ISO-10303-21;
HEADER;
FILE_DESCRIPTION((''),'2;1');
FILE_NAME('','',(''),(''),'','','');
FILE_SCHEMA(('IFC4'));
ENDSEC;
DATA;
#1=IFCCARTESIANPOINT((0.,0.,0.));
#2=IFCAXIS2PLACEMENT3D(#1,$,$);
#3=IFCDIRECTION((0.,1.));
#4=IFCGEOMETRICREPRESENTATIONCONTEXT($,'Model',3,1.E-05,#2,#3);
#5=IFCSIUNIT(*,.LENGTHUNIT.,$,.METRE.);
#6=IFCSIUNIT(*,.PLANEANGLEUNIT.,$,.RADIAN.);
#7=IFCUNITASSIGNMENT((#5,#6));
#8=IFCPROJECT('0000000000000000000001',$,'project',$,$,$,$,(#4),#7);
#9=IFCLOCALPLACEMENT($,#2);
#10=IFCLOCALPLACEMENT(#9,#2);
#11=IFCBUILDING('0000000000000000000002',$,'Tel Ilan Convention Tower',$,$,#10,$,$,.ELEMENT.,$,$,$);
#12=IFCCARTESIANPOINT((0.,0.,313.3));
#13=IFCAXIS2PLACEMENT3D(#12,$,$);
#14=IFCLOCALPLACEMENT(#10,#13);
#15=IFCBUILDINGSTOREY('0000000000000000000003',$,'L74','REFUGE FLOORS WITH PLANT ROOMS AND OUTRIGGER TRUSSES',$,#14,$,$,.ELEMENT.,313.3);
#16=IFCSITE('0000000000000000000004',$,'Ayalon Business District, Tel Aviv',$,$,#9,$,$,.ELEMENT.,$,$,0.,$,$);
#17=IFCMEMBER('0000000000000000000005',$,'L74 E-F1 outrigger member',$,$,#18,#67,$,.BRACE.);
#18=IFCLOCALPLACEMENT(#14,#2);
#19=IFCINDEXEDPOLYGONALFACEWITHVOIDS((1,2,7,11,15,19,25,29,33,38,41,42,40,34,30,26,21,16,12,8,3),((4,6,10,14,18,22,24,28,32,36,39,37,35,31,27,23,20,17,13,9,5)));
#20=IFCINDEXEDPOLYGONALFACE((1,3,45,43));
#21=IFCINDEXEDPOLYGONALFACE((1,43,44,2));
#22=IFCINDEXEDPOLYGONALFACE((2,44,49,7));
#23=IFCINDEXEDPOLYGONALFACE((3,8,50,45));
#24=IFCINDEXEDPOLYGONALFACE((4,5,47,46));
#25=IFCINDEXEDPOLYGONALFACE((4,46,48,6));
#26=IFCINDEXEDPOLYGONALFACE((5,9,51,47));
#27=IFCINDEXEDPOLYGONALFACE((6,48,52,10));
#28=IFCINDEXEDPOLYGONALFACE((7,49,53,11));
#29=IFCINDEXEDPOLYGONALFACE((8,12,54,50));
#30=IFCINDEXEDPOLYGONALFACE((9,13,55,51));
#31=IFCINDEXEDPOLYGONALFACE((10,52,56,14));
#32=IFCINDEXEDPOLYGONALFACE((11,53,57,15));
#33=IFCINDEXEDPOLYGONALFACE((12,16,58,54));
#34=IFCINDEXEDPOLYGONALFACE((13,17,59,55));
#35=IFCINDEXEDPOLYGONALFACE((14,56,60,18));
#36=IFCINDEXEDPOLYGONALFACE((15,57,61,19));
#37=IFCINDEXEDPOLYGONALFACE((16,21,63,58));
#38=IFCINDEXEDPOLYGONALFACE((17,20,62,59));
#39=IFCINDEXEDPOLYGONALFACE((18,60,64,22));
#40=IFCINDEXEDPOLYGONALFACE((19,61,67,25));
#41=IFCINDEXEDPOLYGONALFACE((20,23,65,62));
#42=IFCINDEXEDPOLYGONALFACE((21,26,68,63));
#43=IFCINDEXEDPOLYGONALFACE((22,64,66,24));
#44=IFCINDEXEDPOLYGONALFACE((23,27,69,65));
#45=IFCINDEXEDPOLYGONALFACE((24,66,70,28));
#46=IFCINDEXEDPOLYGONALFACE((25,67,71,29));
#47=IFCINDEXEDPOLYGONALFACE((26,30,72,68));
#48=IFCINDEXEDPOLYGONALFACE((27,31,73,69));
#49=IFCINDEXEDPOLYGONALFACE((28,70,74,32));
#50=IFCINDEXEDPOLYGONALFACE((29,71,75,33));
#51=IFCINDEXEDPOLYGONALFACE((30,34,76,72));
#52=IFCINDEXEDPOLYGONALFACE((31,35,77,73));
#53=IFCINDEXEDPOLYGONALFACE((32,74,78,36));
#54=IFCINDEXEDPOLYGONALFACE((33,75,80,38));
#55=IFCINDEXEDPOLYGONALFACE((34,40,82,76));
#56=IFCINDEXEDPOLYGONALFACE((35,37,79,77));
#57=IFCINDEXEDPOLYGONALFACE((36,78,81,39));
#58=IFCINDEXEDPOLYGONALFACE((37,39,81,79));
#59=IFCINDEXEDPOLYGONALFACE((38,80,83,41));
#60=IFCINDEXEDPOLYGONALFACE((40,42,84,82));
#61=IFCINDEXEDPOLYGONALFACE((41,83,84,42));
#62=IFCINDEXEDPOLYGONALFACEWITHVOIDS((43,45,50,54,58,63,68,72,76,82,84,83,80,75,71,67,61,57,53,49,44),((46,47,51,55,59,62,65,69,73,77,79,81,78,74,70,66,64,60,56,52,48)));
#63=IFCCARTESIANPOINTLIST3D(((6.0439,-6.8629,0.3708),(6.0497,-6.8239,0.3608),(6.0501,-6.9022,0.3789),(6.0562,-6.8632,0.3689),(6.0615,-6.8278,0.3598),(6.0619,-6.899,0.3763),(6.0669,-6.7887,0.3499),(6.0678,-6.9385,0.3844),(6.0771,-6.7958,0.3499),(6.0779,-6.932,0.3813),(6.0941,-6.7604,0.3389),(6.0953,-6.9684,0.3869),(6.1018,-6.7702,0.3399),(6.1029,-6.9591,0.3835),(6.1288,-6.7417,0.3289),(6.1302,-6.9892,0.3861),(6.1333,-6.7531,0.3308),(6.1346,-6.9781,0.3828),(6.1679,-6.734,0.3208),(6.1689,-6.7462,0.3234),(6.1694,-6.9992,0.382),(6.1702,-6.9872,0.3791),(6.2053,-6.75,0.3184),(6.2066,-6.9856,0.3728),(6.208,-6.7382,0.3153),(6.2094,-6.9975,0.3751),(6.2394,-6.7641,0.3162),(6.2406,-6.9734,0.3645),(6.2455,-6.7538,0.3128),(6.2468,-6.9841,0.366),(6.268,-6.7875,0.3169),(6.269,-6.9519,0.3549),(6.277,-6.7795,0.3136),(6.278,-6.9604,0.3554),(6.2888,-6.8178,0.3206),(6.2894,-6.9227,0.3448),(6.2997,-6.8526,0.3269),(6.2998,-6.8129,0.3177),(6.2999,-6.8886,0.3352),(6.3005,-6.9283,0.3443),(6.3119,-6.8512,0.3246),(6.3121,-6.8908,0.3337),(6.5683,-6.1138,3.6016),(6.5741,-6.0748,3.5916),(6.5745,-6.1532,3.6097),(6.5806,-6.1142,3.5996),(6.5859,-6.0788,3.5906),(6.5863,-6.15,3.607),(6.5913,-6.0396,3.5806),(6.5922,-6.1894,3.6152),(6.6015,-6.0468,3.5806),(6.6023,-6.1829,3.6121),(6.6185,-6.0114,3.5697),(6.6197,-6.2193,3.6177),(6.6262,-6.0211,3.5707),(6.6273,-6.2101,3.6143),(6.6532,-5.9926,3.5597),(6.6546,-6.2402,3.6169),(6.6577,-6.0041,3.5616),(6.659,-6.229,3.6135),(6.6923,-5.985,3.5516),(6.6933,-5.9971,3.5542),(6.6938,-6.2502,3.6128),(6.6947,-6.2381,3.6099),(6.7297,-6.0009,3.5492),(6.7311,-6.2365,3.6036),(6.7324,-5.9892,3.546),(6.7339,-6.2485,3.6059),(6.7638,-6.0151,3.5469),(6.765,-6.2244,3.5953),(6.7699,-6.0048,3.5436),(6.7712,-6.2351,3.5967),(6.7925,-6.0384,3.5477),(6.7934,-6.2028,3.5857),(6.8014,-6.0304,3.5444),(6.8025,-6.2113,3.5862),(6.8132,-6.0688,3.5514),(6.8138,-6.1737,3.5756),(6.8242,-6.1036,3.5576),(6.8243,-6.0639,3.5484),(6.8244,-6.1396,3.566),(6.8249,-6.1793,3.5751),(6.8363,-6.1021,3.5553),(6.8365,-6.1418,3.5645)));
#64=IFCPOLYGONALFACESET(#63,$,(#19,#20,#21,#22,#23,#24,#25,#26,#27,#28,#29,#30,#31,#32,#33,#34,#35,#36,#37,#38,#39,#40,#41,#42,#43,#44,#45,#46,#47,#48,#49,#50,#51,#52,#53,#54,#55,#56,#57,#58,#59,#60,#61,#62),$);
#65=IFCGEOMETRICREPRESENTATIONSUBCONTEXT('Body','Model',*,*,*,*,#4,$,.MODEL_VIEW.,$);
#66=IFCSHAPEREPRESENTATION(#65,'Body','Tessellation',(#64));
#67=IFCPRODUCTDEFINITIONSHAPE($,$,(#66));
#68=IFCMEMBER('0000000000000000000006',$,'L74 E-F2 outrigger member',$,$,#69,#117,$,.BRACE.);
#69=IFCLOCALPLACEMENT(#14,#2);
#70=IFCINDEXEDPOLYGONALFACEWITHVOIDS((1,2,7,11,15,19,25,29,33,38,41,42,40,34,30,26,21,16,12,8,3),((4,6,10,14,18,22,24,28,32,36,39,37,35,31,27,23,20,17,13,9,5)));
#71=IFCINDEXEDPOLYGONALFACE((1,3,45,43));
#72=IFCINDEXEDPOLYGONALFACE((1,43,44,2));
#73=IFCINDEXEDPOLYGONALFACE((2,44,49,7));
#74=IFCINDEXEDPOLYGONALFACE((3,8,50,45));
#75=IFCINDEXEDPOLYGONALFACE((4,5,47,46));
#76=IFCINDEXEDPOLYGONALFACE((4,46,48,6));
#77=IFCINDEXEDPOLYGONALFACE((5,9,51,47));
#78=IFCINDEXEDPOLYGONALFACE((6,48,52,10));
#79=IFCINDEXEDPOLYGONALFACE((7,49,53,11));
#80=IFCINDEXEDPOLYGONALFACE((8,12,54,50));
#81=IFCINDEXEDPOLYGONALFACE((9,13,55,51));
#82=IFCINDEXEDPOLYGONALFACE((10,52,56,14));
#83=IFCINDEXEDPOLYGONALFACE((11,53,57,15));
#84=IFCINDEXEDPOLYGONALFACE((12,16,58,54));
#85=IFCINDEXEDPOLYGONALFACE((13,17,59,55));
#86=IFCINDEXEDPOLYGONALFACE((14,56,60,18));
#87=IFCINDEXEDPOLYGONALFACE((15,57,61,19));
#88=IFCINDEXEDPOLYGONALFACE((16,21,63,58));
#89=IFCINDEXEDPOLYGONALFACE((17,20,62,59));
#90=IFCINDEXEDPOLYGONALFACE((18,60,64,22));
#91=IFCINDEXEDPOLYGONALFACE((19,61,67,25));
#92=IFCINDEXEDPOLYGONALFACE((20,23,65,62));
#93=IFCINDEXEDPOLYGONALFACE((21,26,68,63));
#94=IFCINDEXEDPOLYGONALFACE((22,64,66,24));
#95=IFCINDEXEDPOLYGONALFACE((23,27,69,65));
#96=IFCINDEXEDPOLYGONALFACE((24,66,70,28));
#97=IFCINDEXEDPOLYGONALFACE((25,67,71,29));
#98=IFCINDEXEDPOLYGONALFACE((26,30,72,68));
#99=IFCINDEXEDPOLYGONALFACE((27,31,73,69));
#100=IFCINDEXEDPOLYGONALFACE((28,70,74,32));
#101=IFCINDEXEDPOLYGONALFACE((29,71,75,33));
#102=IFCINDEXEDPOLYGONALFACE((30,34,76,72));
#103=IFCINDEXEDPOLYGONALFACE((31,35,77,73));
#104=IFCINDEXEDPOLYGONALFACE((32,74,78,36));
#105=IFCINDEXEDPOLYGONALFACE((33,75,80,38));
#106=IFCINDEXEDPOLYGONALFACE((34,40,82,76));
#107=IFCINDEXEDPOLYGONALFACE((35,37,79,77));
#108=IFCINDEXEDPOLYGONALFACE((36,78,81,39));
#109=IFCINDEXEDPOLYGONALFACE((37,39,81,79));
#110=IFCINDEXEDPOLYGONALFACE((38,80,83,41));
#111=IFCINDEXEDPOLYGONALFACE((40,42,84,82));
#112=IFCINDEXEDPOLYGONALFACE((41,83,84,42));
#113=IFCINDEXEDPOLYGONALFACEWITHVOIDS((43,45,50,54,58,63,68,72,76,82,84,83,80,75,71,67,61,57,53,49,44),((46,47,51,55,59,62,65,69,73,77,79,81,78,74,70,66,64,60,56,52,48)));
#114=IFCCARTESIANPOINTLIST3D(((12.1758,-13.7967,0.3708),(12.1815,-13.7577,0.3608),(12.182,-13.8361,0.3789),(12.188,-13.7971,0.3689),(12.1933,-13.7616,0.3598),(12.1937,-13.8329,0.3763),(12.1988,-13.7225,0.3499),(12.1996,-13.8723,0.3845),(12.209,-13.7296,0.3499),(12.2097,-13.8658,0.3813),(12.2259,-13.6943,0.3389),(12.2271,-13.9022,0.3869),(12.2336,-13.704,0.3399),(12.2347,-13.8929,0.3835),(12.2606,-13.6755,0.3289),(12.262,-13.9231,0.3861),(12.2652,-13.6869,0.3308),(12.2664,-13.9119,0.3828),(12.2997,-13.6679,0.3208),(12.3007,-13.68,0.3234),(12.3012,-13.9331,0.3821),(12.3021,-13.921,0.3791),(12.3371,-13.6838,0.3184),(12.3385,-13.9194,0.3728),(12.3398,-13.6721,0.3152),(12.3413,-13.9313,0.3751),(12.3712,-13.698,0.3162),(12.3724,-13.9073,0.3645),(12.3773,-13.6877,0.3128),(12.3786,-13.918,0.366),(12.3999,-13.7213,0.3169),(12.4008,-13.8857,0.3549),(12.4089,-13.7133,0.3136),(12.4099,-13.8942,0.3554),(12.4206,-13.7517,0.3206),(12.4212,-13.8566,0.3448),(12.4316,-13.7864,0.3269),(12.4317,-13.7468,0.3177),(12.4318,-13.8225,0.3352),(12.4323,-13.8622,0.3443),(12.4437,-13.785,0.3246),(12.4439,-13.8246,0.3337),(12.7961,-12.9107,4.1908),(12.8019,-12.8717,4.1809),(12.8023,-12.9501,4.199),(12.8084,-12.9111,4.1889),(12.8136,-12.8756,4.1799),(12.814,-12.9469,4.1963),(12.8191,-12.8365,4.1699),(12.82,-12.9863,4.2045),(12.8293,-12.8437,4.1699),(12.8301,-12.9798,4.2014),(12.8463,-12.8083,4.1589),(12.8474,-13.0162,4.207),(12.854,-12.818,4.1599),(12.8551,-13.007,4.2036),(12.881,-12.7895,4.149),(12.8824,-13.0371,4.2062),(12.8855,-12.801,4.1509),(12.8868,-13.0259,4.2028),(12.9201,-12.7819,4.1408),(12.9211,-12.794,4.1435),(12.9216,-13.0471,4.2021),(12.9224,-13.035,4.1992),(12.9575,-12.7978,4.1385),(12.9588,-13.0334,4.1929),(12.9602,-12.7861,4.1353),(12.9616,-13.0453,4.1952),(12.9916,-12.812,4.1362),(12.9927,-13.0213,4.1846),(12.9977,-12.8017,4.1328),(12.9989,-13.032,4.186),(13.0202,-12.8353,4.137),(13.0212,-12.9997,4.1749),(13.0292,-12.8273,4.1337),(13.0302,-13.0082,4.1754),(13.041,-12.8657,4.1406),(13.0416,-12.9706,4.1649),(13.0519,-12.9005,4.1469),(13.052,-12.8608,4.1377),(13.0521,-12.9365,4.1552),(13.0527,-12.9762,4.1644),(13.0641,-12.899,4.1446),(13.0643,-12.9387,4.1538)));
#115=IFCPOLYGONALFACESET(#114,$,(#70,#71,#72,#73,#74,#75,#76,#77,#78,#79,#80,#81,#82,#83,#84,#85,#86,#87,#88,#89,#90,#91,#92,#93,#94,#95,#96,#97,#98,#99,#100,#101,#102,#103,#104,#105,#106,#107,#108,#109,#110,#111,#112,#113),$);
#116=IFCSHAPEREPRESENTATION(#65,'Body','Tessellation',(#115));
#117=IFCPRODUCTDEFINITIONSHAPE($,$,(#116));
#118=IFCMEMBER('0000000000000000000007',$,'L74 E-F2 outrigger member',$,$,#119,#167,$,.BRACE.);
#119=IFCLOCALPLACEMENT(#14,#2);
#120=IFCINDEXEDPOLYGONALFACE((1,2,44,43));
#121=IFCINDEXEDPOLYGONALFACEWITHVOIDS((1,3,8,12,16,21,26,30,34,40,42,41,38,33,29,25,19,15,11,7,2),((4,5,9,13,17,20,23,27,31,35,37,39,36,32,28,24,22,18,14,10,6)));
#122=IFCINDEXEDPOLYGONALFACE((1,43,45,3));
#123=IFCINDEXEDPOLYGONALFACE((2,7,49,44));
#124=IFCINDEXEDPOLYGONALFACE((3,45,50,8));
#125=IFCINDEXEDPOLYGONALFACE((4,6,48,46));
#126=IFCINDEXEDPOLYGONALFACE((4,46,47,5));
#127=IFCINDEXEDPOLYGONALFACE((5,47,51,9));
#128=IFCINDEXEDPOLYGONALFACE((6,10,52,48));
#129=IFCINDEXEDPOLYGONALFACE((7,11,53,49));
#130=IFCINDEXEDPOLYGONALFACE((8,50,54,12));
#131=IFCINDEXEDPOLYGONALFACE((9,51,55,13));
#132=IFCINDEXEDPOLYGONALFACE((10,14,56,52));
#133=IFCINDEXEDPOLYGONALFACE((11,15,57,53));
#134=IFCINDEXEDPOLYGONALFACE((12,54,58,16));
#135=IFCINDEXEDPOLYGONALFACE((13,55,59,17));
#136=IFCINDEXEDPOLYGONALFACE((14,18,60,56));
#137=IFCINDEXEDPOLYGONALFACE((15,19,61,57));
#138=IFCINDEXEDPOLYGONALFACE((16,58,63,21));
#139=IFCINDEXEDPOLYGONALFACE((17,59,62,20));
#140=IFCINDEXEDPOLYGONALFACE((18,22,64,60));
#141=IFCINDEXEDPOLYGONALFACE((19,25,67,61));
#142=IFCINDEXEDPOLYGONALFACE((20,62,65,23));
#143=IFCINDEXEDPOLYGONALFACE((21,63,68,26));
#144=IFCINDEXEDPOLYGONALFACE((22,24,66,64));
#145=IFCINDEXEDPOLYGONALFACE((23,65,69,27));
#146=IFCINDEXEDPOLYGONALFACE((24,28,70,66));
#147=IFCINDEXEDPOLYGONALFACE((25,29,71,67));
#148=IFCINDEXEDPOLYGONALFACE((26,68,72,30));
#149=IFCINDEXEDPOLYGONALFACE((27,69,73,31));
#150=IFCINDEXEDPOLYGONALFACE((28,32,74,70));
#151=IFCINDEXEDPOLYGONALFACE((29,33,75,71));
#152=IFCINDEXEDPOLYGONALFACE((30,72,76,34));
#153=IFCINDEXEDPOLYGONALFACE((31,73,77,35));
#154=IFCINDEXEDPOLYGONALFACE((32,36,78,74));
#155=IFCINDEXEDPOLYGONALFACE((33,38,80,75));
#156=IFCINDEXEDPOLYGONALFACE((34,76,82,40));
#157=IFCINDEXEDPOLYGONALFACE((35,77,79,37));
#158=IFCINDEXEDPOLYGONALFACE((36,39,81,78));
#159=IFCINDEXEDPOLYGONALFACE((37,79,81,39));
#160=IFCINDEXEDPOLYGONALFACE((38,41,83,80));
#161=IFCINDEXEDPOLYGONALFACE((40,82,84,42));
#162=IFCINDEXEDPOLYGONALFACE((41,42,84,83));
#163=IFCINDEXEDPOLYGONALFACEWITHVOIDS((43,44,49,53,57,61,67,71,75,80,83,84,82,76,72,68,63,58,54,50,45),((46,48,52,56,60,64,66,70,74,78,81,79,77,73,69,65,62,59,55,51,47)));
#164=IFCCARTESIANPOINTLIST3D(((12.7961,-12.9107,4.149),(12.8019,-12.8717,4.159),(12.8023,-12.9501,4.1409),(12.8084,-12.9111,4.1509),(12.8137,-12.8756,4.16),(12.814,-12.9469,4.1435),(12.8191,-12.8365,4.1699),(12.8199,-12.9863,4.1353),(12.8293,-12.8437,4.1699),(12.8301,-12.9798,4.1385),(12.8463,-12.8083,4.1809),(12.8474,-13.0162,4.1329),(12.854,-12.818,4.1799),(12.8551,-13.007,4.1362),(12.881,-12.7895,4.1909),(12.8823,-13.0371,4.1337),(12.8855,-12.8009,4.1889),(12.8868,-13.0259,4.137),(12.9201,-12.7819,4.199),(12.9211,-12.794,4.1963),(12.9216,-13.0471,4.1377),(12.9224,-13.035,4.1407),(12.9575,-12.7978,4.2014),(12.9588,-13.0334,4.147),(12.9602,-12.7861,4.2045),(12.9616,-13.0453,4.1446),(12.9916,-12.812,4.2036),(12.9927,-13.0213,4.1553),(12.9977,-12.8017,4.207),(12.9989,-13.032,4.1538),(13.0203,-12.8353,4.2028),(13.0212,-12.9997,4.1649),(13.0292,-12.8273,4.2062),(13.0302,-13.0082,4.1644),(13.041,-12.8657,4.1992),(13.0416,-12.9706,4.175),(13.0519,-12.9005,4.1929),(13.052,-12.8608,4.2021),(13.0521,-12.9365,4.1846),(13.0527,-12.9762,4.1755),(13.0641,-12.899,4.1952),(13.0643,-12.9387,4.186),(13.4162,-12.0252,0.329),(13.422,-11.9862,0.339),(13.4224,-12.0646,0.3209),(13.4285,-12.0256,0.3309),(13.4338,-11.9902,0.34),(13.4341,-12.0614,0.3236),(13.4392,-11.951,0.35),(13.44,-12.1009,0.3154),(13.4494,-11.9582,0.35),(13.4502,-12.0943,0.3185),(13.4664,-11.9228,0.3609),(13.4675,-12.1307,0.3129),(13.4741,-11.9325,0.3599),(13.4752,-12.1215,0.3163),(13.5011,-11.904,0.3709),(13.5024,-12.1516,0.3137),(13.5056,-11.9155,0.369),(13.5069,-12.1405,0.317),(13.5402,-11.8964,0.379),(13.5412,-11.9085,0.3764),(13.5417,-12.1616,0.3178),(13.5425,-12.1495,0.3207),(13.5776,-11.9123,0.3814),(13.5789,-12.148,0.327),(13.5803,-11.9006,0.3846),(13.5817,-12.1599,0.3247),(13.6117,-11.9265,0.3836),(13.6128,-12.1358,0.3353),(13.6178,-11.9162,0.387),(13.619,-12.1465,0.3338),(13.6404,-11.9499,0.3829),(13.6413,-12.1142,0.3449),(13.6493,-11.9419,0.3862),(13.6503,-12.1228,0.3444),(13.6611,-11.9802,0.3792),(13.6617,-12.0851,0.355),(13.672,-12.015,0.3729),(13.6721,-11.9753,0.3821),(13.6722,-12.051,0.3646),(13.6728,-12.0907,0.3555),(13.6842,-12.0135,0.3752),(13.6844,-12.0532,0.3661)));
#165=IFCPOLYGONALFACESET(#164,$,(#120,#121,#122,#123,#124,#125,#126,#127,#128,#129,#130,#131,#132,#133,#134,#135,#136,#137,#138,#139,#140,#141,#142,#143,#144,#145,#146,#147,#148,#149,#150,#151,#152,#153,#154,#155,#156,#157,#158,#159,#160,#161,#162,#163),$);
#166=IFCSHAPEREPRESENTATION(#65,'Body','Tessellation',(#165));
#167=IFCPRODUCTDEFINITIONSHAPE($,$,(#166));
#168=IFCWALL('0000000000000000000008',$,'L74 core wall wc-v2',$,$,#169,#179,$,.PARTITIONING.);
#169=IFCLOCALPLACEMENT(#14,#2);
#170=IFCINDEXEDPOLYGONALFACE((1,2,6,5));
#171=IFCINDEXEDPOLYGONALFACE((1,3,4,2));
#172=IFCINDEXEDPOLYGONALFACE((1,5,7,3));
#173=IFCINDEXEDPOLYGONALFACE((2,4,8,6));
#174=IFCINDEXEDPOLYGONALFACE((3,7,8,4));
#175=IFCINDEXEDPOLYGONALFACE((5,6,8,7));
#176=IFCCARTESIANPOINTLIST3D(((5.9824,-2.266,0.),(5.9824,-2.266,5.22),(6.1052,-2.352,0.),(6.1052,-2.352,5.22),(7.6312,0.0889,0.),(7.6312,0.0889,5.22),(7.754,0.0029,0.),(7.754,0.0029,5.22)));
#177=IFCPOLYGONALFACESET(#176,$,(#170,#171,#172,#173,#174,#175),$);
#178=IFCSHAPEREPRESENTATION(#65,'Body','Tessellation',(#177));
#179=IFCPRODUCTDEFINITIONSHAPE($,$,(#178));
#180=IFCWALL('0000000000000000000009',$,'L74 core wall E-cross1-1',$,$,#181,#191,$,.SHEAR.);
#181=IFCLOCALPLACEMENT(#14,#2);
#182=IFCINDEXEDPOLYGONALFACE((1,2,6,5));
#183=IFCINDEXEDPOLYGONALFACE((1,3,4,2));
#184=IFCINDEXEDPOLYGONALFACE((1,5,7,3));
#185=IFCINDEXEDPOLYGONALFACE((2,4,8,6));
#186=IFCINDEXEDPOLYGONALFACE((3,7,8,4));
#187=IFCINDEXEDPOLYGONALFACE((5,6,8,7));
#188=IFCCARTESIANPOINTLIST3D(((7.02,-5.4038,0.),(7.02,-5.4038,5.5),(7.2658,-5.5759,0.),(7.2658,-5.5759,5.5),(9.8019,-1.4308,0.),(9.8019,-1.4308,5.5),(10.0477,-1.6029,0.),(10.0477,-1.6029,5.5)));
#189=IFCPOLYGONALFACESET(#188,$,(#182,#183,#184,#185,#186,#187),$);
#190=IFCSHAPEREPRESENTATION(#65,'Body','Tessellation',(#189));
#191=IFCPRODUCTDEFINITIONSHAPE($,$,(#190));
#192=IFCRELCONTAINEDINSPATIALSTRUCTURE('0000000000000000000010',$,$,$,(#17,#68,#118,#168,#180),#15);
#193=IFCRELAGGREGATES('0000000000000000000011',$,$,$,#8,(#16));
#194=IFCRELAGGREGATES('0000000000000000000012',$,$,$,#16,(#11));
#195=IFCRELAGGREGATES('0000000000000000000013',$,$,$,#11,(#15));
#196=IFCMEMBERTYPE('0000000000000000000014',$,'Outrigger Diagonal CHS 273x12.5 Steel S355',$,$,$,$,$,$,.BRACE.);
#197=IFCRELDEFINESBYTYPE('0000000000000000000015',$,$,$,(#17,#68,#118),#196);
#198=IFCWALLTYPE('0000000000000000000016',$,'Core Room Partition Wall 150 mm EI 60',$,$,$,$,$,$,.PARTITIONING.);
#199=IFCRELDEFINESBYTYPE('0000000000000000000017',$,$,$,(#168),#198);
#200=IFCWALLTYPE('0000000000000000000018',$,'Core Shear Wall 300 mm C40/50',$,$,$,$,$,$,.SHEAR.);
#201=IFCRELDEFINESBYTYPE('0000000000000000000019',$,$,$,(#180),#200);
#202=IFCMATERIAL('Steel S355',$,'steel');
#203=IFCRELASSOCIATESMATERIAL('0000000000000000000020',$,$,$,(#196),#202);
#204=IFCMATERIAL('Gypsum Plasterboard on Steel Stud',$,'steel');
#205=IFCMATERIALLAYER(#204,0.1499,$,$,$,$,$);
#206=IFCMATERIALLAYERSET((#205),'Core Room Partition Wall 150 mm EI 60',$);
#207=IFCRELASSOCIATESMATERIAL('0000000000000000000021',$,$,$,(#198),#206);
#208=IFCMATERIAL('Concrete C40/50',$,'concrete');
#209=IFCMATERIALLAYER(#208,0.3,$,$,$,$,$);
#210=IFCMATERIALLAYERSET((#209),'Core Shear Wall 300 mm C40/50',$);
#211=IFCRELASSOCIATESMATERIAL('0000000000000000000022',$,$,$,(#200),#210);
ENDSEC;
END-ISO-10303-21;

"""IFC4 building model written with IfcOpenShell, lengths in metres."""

from ifc_helpers import new_model, si_unit, direction, frame, frame_2d, origin, origin_2d, place, context, subcontext, project, spatial, polyline, rectangle, hollow_circle, outline, extrude, material, layer, layer_set, material_profile, profile_set, type_object, element, save


model = new_model("IFC4")

# Units and contexts
model_context = context("Model", 3, precision=1e-05, world=origin(), true_north=direction((0.0, 1.0)))
body_context = subcontext(model_context, "Body", "Model", "MODEL_VIEW")
ifc_project = project(units=[si_unit("LENGTHUNIT", "METRE"), si_unit("PLANEANGLEUNIT", "RADIAN")], contexts=[model_context])

# Site, building, storey
site_placement = place(None, origin())
site = spatial("IfcSite", under=ifc_project, at=site_placement, Name="Ayalon Business District, Tel Aviv", CompositionType="ELEMENT", RefElevation=0.0)
building_placement = place(site_placement, origin())
building = spatial("IfcBuilding", under=site, at=building_placement, Name="Tel Ilan Convention Tower", CompositionType="ELEMENT")
storey_placement = place(building_placement, frame((0.0, 0.0, 313.3)))
storey = spatial("IfcBuildingStorey", under=building, at=storey_placement, Name="L74", Description="REFUGE FLOORS WITH PLANT ROOMS AND OUTRIGGER TRUSSES", CompositionType="ELEMENT", Elevation=313.3)

# Members
ifc_material_1 = material(Name="Steel S355", Category="steel")
ifc_material_profile_1 = material_profile(ifc_material_1, hollow_circle(Radius=0.1365, WallThickness=0.0125, at=origin_2d()), Name="CHS 273x12.5")
ifc_profile_set_1 = profile_set([ifc_material_profile_1], Name="Steel S355")
member_type_1 = type_object("IfcMemberType", Name="Outrigger Diagonal CHS 273x12.5 Steel S355", PredefinedType="BRACE", material=ifc_profile_set_1)
member_1_placement = place(storey_placement, frame((6.1787, -6.8669, 0.3499), z_axis=(0.156187, 0.223082, 0.962206), x_axis=(-0.819182, 0.573534, 0.0)))
element("IfcMember", 1, at=member_1_placement, inside=storey, type_object=member_type_1, Name="L74 E-F1 outrigger member", PredefinedType="BRACE", context=body_context, shape_type="SweptSolid", body=[
    extrude(hollow_circle(Radius=0.1365, WallThickness=0.0125, at=origin_2d()), origin(), (0.0, 0.0, 1.0), 3.3577),
])
member_2_placement = place(storey_placement, frame((12.3105, -13.8008, 0.3499), z_axis=(0.156253, 0.223157, 0.962178), x_axis=(-0.819158, 0.573568, 0.0)))
element("IfcMember", 2, at=member_2_placement, inside=storey, type_object=member_type_1, Name="L74 E-F2 outrigger member", PredefinedType="BRACE", context=body_context, shape_type="SweptSolid", body=[
    extrude(hollow_circle(Radius=0.1365, WallThickness=0.0125, at=origin_2d()), origin(), (0.0, 0.0, 1.0), 3.9702),
])
member_3_placement = place(storey_placement, frame((12.9309, -12.9148, 4.1699), z_axis=(0.156197, 0.223043, -0.962213), x_axis=(-0.819115, 0.573629, 0.0)))
element("IfcMember", 3, at=member_3_placement, inside=storey, type_object=member_type_1, Name="L74 E-F2 outrigger member", PredefinedType="BRACE", context=body_context, shape_type="SweptSolid", body=[
    extrude(hollow_circle(Radius=0.1365, WallThickness=0.0125, at=origin_2d()), origin(), (0.0, 0.0, 1.0), 3.97),
])

# Walls
ifc_material_2 = material(Name="Gypsum Plasterboard on Steel Stud", Category="steel")
ifc_layer_1 = layer(ifc_material_2, 0.1499)
ifc_layer_set_1 = layer_set([ifc_layer_1], Name="Core Room Partition Wall 150 mm EI 60")
wall_type_1 = type_object("IfcWallType", Name="Core Room Partition Wall 150 mm EI 60", PredefinedType="PARTITIONING", material=ifc_layer_set_1)
wall_1_placement = place(storey_placement, frame((6.0437, -2.3091, 0.0), z_axis=(0.0, 0.0, 1.0), x_axis=(0.573565, 0.81916, 0.0)))
element("IfcWall", 4, at=wall_1_placement, inside=storey, type_object=wall_type_1, Name="L74 core wall wc-v2", PredefinedType="PARTITIONING", context=body_context, shape_type="SweptSolid", body=[
    extrude(rectangle(XDim=2.8748, YDim=0.1499, at=frame_2d((1.4375, 0.0))), origin(), (0.0, 0.0, 1.0), 5.22),
])
ifc_material_3 = material(Name="Concrete C40/50", Category="concrete")
ifc_layer_2 = layer(ifc_material_3, 0.3)
ifc_layer_set_2 = layer_set([ifc_layer_2], Name="Core Shear Wall 300 mm C40/50")
wall_type_2 = type_object("IfcWallType", Name="Core Shear Wall 300 mm C40/50", PredefinedType="SHEAR", material=ifc_layer_set_2)
wall_2_placement = place(storey_placement, frame((7.1428, -5.4897, 0.0), z_axis=(0.0, 0.0, 1.0), x_axis=(0.573618, 0.819123, 0.0)))
element("IfcWall", 5, at=wall_2_placement, inside=storey, type_object=wall_type_2, Name="L74 core wall E-cross1-1", PredefinedType="SHEAR", context=body_context, shape_type="SweptSolid", body=[
    extrude(outline(polyline([(0.0, 0.1499), (0.0, -0.1501), (4.8501, -0.1499), (4.8501, 0.1501), (0.0, 0.1499)])), origin(), (0.0, 0.0, 1.0), 5.5),
])

save(model, "model.ifc")
